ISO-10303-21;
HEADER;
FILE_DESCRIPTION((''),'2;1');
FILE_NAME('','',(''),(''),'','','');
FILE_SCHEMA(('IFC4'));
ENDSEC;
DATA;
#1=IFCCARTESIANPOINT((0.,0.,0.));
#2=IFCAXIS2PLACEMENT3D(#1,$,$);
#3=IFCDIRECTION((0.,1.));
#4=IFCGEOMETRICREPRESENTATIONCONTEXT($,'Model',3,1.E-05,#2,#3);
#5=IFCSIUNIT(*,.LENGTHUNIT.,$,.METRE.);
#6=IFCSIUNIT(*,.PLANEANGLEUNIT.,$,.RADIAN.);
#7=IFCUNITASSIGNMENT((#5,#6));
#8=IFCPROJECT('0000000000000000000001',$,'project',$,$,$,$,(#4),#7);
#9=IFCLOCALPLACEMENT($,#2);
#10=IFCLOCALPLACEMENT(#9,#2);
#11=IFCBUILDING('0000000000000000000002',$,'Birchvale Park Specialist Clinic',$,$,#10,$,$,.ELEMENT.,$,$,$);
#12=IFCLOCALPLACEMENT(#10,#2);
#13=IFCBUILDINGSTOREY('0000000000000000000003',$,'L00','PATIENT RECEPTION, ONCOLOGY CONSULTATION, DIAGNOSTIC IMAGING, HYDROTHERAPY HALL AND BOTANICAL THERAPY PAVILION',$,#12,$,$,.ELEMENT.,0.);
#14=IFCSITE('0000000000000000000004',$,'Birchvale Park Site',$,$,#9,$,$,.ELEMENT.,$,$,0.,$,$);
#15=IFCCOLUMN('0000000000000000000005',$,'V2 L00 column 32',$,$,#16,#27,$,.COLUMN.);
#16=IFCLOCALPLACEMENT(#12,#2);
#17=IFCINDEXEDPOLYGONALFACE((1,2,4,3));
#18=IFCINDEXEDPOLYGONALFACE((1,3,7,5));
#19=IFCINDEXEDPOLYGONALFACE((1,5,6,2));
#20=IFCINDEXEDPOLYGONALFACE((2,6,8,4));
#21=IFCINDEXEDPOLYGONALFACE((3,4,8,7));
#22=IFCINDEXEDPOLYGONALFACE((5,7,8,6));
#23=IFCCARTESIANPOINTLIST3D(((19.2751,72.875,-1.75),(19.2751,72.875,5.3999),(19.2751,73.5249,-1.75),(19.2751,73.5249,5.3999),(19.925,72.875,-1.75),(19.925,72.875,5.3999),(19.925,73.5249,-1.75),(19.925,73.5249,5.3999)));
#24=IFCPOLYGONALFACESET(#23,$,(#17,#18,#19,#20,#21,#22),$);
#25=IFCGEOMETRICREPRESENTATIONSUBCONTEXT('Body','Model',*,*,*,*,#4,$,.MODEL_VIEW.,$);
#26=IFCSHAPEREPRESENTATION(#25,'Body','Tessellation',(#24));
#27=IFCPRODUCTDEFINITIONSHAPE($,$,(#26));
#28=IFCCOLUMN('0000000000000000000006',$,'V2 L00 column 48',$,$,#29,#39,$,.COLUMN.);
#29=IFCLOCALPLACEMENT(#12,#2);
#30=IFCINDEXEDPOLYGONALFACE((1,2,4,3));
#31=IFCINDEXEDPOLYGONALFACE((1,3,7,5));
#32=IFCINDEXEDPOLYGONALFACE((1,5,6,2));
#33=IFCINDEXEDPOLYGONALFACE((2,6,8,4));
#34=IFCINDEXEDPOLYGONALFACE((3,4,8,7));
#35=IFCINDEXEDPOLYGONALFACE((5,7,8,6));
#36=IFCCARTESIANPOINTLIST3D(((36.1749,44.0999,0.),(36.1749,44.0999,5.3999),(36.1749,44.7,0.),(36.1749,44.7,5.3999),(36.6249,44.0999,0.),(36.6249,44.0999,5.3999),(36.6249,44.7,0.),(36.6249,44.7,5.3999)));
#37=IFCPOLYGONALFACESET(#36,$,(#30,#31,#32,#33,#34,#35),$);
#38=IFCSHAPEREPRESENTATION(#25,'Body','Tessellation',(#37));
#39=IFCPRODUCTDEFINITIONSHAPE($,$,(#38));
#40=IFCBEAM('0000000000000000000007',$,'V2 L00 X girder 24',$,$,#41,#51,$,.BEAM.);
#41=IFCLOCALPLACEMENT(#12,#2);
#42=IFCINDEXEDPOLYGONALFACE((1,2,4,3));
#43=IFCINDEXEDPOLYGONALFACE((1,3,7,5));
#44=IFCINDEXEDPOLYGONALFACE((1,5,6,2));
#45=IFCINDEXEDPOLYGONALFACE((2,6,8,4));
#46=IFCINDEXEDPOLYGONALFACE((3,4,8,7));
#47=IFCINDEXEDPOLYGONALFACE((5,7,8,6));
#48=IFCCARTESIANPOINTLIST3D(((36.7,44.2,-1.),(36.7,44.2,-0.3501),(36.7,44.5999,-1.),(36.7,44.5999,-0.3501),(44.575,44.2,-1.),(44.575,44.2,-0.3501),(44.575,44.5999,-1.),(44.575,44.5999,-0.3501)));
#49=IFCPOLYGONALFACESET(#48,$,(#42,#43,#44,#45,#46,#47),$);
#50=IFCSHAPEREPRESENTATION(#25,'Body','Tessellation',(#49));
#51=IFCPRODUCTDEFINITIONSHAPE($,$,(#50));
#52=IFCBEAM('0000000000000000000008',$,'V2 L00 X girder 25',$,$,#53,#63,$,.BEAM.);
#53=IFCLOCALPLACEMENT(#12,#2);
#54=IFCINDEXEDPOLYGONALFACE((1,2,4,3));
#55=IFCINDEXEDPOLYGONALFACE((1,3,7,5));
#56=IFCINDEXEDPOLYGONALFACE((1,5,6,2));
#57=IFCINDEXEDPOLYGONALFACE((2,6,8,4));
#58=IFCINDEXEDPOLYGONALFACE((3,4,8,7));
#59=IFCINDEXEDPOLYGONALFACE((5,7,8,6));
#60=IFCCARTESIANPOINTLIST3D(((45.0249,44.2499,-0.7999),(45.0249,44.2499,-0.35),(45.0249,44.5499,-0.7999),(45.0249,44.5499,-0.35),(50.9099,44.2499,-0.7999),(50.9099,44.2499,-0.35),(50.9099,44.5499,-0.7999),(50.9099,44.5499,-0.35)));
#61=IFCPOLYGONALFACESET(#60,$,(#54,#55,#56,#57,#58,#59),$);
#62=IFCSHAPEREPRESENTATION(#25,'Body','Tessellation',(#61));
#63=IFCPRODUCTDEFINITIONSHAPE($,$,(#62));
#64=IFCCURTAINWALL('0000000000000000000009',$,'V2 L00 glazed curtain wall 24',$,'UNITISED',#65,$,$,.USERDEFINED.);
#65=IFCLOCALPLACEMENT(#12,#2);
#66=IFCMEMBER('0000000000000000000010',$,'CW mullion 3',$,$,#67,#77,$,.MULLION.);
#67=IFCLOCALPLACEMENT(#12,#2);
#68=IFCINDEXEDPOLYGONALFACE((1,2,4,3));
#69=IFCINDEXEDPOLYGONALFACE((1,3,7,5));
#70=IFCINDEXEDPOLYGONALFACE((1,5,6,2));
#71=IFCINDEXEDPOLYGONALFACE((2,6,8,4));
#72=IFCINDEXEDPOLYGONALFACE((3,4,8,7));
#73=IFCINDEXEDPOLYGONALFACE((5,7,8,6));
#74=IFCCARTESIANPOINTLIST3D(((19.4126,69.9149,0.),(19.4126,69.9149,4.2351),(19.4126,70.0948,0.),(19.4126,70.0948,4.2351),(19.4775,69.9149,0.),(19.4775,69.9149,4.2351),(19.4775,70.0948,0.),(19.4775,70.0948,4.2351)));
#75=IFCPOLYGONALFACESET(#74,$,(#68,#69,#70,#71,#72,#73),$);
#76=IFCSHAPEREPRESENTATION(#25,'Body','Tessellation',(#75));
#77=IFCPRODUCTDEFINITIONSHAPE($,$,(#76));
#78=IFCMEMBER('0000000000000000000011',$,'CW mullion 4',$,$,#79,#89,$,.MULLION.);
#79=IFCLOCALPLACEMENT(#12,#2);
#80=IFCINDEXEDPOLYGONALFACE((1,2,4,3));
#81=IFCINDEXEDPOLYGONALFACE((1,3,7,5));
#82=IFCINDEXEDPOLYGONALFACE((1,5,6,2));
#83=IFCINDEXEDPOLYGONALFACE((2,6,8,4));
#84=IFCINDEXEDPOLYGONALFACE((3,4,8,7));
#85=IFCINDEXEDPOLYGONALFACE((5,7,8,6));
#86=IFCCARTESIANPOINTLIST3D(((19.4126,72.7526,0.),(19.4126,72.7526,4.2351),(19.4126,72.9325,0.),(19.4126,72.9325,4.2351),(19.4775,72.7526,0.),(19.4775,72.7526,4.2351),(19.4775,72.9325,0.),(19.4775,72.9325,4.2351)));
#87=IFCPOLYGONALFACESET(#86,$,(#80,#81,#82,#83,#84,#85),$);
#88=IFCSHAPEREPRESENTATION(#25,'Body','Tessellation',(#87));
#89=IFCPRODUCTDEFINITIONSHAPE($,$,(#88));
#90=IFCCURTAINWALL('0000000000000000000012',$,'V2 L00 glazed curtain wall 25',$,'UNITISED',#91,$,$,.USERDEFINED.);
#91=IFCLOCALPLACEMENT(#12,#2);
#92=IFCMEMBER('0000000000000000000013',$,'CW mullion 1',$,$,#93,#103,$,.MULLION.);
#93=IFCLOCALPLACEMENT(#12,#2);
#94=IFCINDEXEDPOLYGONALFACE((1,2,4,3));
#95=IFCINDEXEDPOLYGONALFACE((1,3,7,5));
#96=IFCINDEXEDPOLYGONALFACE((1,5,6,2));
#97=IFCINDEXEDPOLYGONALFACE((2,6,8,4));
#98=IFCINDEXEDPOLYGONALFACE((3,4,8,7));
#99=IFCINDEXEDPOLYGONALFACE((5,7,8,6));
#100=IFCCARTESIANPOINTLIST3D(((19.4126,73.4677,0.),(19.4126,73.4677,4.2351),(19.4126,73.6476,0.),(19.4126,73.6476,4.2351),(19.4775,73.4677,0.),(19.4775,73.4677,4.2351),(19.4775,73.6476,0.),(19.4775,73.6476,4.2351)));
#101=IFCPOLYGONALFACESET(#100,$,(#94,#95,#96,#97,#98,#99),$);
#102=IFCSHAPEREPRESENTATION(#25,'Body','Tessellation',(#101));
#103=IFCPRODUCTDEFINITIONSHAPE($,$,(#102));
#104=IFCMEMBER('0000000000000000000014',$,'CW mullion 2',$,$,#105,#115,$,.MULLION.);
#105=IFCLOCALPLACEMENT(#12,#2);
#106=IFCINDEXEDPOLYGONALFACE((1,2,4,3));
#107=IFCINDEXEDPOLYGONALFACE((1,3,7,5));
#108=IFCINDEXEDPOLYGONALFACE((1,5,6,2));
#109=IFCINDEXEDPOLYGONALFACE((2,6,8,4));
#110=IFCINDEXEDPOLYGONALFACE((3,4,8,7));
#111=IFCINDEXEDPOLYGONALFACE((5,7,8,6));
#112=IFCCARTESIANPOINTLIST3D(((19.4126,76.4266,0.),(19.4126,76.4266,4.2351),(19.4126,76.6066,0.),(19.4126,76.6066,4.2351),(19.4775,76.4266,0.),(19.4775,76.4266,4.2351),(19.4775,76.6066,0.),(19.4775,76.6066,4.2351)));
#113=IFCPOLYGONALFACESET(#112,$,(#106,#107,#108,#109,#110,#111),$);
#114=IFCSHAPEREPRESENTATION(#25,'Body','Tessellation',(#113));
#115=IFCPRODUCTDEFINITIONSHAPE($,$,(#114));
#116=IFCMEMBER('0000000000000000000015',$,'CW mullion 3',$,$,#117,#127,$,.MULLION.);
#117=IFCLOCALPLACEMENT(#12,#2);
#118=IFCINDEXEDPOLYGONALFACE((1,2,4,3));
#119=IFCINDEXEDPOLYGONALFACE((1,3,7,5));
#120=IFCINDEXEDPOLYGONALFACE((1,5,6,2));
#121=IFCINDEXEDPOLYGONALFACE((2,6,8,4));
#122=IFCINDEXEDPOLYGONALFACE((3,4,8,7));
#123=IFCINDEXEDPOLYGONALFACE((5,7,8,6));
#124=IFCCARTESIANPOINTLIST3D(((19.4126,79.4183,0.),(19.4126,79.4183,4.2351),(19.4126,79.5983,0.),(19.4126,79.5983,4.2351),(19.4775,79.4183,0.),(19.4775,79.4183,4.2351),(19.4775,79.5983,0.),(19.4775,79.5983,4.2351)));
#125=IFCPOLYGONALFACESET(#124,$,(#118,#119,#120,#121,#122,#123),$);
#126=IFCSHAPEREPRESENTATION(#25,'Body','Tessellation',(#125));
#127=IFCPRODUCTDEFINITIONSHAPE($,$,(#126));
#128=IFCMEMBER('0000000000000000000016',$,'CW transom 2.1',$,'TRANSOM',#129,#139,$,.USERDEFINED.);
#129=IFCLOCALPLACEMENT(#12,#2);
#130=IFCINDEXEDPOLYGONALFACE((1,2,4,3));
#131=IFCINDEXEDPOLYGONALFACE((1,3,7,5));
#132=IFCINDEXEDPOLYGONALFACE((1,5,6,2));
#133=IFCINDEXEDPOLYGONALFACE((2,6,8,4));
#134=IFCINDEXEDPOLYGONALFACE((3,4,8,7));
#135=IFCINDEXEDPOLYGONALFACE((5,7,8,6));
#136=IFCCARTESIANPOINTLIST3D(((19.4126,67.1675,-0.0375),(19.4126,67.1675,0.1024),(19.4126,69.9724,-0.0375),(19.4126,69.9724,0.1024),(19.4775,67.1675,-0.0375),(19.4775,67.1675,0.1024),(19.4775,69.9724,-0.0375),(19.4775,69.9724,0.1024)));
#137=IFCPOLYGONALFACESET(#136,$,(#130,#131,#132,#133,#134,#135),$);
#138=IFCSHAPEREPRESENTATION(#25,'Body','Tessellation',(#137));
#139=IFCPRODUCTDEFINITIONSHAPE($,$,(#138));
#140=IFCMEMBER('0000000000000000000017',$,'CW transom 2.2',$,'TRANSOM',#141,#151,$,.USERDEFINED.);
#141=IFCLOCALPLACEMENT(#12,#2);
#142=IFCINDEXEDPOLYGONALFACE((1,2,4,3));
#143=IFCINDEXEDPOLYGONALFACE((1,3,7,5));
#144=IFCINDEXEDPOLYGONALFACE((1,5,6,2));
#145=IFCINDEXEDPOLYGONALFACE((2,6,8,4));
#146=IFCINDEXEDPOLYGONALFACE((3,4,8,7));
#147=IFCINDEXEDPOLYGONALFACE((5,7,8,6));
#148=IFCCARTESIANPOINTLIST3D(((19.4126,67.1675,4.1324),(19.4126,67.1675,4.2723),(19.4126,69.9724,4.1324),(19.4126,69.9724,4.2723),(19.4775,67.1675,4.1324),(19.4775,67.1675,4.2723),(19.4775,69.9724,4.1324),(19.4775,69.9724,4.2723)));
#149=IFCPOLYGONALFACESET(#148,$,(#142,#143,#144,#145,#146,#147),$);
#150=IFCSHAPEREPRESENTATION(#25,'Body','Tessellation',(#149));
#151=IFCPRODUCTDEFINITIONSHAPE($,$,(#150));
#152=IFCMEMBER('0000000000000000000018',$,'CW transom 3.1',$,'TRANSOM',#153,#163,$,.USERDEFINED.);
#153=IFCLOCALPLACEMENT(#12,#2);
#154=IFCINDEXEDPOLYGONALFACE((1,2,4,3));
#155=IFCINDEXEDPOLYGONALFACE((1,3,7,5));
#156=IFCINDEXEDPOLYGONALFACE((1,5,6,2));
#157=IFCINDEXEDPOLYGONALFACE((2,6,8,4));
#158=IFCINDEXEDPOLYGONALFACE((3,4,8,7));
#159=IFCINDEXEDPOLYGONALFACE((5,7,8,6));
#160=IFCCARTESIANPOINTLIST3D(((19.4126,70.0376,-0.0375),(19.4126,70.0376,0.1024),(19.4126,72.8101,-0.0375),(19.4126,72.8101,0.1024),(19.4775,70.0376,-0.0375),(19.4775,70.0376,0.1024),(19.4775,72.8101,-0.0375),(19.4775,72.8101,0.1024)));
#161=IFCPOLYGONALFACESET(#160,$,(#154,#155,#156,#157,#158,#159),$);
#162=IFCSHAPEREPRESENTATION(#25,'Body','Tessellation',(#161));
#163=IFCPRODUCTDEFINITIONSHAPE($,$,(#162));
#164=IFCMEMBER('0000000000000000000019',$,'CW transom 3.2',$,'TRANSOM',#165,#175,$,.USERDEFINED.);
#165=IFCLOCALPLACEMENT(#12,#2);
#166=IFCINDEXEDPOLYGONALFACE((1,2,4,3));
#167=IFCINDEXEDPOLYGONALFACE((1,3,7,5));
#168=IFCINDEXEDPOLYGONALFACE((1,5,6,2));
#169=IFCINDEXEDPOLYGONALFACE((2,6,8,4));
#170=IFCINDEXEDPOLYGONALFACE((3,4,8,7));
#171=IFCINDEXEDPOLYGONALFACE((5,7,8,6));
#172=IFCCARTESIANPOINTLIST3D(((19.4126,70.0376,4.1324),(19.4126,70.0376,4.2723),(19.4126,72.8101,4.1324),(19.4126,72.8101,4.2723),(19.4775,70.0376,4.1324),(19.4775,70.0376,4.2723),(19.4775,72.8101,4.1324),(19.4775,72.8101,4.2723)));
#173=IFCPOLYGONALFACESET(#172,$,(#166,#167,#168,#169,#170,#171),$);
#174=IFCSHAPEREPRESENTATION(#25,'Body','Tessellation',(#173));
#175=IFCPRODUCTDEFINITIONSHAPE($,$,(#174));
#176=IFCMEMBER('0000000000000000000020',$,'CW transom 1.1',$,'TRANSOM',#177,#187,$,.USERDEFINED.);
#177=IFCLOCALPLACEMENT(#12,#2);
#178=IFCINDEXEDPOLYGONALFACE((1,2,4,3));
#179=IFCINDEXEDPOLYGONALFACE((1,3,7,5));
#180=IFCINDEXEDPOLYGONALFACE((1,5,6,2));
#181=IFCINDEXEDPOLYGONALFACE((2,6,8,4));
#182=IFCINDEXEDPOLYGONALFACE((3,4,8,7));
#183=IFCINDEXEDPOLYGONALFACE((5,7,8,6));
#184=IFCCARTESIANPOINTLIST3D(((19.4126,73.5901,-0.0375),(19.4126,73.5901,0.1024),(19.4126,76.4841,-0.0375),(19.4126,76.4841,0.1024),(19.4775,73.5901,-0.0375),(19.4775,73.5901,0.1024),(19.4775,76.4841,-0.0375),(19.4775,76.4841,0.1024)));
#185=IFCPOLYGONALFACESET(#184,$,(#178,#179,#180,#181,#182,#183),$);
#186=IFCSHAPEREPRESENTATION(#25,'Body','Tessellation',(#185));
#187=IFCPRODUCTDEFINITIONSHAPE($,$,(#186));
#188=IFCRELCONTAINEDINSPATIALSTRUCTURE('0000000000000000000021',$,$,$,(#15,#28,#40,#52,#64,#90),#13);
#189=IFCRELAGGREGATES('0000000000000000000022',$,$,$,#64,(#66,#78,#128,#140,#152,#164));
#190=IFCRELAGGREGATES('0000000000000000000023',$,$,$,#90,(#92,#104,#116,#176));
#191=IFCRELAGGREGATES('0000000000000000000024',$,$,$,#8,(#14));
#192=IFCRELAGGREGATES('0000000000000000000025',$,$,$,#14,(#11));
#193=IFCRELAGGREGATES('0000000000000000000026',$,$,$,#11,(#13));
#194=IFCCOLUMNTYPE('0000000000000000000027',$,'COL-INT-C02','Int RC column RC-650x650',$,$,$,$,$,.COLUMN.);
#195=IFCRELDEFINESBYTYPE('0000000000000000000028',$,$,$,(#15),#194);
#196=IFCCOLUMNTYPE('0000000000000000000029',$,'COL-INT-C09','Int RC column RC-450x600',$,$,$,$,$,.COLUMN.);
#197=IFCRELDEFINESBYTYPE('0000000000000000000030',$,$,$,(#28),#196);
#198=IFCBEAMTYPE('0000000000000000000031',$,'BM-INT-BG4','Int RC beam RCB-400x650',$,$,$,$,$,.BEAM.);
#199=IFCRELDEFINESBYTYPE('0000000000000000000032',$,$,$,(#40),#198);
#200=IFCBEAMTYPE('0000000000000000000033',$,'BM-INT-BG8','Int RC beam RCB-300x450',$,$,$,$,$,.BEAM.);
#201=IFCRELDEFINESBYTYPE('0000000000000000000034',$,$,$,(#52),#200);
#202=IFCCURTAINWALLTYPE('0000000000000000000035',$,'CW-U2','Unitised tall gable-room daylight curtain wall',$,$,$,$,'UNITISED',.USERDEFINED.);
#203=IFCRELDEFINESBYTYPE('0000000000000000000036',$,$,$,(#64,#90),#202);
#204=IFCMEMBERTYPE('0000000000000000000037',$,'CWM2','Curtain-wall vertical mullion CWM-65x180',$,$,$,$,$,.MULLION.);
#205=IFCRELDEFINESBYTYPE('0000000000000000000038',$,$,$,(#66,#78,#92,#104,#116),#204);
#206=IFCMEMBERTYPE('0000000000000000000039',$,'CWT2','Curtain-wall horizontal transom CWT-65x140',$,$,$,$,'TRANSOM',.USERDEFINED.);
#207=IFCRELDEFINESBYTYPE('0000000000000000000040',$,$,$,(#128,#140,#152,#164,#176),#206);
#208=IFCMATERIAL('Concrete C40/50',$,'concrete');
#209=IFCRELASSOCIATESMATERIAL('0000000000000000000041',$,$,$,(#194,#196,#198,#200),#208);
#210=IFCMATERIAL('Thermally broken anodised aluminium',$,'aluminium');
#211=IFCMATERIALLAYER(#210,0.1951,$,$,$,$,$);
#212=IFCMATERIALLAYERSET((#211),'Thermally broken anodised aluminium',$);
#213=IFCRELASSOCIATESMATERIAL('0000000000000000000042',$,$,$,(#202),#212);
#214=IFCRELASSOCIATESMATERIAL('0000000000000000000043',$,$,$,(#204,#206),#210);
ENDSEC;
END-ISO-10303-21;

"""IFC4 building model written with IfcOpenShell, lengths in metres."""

from ifc_helpers import new_model, si_unit, direction, frame, origin, origin_2d, place, context, subcontext, project, spatial, rectangle, extrude, material, layer, layer_set, material_profile, profile_set, type_object, element, aggregate, save


model = new_model("IFC4")

# Units and contexts
model_context = context("Model", 3, precision=1e-05, world=origin(), true_north=direction((0.0, 1.0)))
body_context = subcontext(model_context, "Body", "Model", "MODEL_VIEW")
ifc_project = project(units=[si_unit("LENGTHUNIT", "METRE"), si_unit("PLANEANGLEUNIT", "RADIAN")], contexts=[model_context])

# Site, building, storey
site_placement = place(None, origin())
site = spatial("IfcSite", under=ifc_project, at=site_placement, Name="Birchvale Park Site", CompositionType="ELEMENT", RefElevation=0.0)
building_placement = place(site_placement, origin())
building = spatial("IfcBuilding", under=site, at=building_placement, Name="Birchvale Park Specialist Clinic", CompositionType="ELEMENT")
storey_placement = place(building_placement, origin())
storey = spatial("IfcBuildingStorey", under=building, at=storey_placement, Name="L00", Description="PATIENT RECEPTION, ONCOLOGY CONSULTATION, DIAGNOSTIC IMAGING, HYDROTHERAPY HALL AND BOTANICAL THERAPY PAVILION", CompositionType="ELEMENT", Elevation=0.0)

# Shared definitions
ifc_material_1 = material(Name="Concrete C40/50", Category="concrete")

# Columns
ifc_material_profile_1 = material_profile(ifc_material_1, rectangle(XDim=0.6499, YDim=0.6499, at=origin_2d()), Name="RC-650x650")
ifc_profile_set_1 = profile_set([ifc_material_profile_1], Name="Concrete C40/50")
column_type_1 = type_object("IfcColumnType", Name="COL-INT-C02", Description="Int RC column RC-650x650", PredefinedType="COLUMN", material=ifc_profile_set_1)
column_1_placement = place(storey_placement, frame((19.6001, 73.2, -1.75), z_axis=(0.0, 0.0, 1.0), x_axis=(1.0, 0.0, 0.0)))
element("IfcColumn", 1, at=column_1_placement, inside=storey, type_object=column_type_1, Name="V2 L00 column 32", PredefinedType="COLUMN", context=body_context, shape_type="SweptSolid", body=[
    extrude(rectangle(XDim=0.6499, YDim=0.6499, at=origin_2d()), origin(), (0.0, 0.0, 1.0), 7.1499),
])
ifc_material_profile_2 = material_profile(ifc_material_1, rectangle(XDim=0.45, YDim=0.6001, at=origin_2d()), Name="RC-450x600")
ifc_profile_set_2 = profile_set([ifc_material_profile_2], Name="Concrete C40/50")
column_type_2 = type_object("IfcColumnType", Name="COL-INT-C09", Description="Int RC column RC-450x600", PredefinedType="COLUMN", material=ifc_profile_set_2)
column_2_placement = place(storey_placement, frame((36.3999, 44.3999, 0.0), z_axis=(0.0, 0.0, 1.0), x_axis=(1.0, 0.0, 0.0)))
element("IfcColumn", 2, at=column_2_placement, inside=storey, type_object=column_type_2, Name="V2 L00 column 48", PredefinedType="COLUMN", context=body_context, shape_type="SweptSolid", body=[
    extrude(rectangle(XDim=0.45, YDim=0.6001, at=origin_2d()), origin(), (0.0, 0.0, 1.0), 5.3999),
])

# Beams
ifc_material_profile_3 = material_profile(ifc_material_1, rectangle(XDim=0.3999, YDim=0.6499, at=origin_2d()), Name="RCB-400x650")
ifc_profile_set_3 = profile_set([ifc_material_profile_3], Name="Concrete C40/50")
beam_type_1 = type_object("IfcBeamType", Name="BM-INT-BG4", Description="Int RC beam RCB-400x650", PredefinedType="BEAM", material=ifc_profile_set_3)
beam_1_placement = place(storey_placement, frame((36.7, 44.3999, -0.675), z_axis=(1.0, 0.0, 0.0), x_axis=(0.0, 1.0, 0.0)))
element("IfcBeam", 3, at=beam_1_placement, inside=storey, type_object=beam_type_1, Name="V2 L00 X girder 24", PredefinedType="BEAM", context=body_context, shape_type="SweptSolid", body=[
    extrude(rectangle(XDim=0.3999, YDim=0.6499, at=origin_2d()), origin(), (0.0, 0.0, 1.0), 7.875),
])
ifc_material_profile_4 = material_profile(ifc_material_1, rectangle(XDim=0.3, YDim=0.45, at=origin_2d()), Name="RCB-300x450")
ifc_profile_set_4 = profile_set([ifc_material_profile_4], Name="Concrete C40/50")
beam_type_2 = type_object("IfcBeamType", Name="BM-INT-BG8", Description="Int RC beam RCB-300x450", PredefinedType="BEAM", material=ifc_profile_set_4)
beam_2_placement = place(storey_placement, frame((45.0249, 44.3999, -0.575), z_axis=(1.0, 0.0, 0.0), x_axis=(0.0, 1.0, 0.0)))
element("IfcBeam", 4, at=beam_2_placement, inside=storey, type_object=beam_type_2, Name="V2 L00 X girder 25", PredefinedType="BEAM", context=body_context, shape_type="SweptSolid", body=[
    extrude(rectangle(XDim=0.3, YDim=0.45, at=origin_2d()), origin(), (0.0, 0.0, 1.0), 5.885),
])

# Curtain walls, members
ifc_material_2 = material(Name="Thermally broken anodised aluminium", Category="aluminium")
ifc_layer_1 = layer(ifc_material_2, 0.1951)
ifc_layer_set_1 = layer_set([ifc_layer_1], Name="Thermally broken anodised aluminium")
curtain_wall_type = type_object("IfcCurtainWallType", Name="CW-U2", Description="Unitised tall gable-room daylight curtain wall", ElementType="UNITISED", PredefinedType="USERDEFINED", material=ifc_layer_set_1)
curtain_wall_1_placement = place(storey_placement, origin())
curtain_wall_1 = element("IfcCurtainWall", 5, at=curtain_wall_1_placement, inside=storey, type_object=curtain_wall_type, Name="V2 L00 glazed curtain wall 24", ObjectType="UNITISED", PredefinedType="USERDEFINED")
ifc_material_profile_5 = material_profile(ifc_material_2, rectangle(XDim=0.0649, YDim=0.1799, at=origin_2d()), Name="CWM-65x180")
ifc_profile_set_5 = profile_set([ifc_material_profile_5], Name="Thermally broken anodised aluminium")
member_type_1 = type_object("IfcMemberType", Name="CWM2", Description="Curtain-wall vertical mullion CWM-65x180", PredefinedType="MULLION", material=ifc_profile_set_5)
member_1_placement = place(storey_placement, frame((19.4451, 70.0049, 0.0), z_axis=(0.0, 0.0, 1.0), x_axis=(-1.0, 0.0, 0.0)))
member_1 = element("IfcMember", 6, at=member_1_placement, type_object=member_type_1, Name="CW mullion 3", PredefinedType="MULLION", context=body_context, shape_type="SweptSolid", body=[
    extrude(rectangle(XDim=0.0649, YDim=0.1799, at=origin_2d()), origin(), (0.0, 0.0, 1.0), 4.2351),
])
member_2_placement = place(storey_placement, frame((19.4451, 72.8425, 0.0), z_axis=(0.0, 0.0, 1.0), x_axis=(-1.0, 0.0, 0.0)))
member_2 = element("IfcMember", 7, at=member_2_placement, type_object=member_type_1, Name="CW mullion 4", PredefinedType="MULLION", context=body_context, shape_type="SweptSolid", body=[
    extrude(rectangle(XDim=0.0649, YDim=0.1799, at=origin_2d()), origin(), (0.0, 0.0, 1.0), 4.2351),
])
curtain_wall_2_placement = place(storey_placement, origin())
curtain_wall_2 = element("IfcCurtainWall", 8, at=curtain_wall_2_placement, inside=storey, type_object=curtain_wall_type, Name="V2 L00 glazed curtain wall 25", ObjectType="UNITISED", PredefinedType="USERDEFINED")
member_3_placement = place(storey_placement, frame((19.4451, 73.5576, 0.0), z_axis=(0.0, 0.0, 1.0), x_axis=(-1.0, 0.0, 0.0)))
member_3 = element("IfcMember", 9, at=member_3_placement, type_object=member_type_1, Name="CW mullion 1", PredefinedType="MULLION", context=body_context, shape_type="SweptSolid", body=[
    extrude(rectangle(XDim=0.0649, YDim=0.1799, at=origin_2d()), origin(), (0.0, 0.0, 1.0), 4.2351),
])
member_4_placement = place(storey_placement, frame((19.4451, 76.5166, 0.0), z_axis=(0.0, 0.0, 1.0), x_axis=(-1.0, 0.0, 0.0)))
member_4 = element("IfcMember", 10, at=member_4_placement, type_object=member_type_1, Name="CW mullion 2", PredefinedType="MULLION", context=body_context, shape_type="SweptSolid", body=[
    extrude(rectangle(XDim=0.0649, YDim=0.1799, at=origin_2d()), origin(), (0.0, 0.0, 1.0), 4.2351),
])
member_5_placement = place(storey_placement, frame((19.4451, 79.5083, 0.0), z_axis=(0.0, 0.0, 1.0), x_axis=(-1.0, 0.0, 0.0)))
member_5 = element("IfcMember", 11, at=member_5_placement, type_object=member_type_1, Name="CW mullion 3", PredefinedType="MULLION", context=body_context, shape_type="SweptSolid", body=[
    extrude(rectangle(XDim=0.0649, YDim=0.1799, at=origin_2d()), origin(), (0.0, 0.0, 1.0), 4.2351),
])

# Members
ifc_material_profile_6 = material_profile(ifc_material_2, rectangle(XDim=0.0649, YDim=0.1399, at=origin_2d()), Name="CWT-65x140")
ifc_profile_set_6 = profile_set([ifc_material_profile_6], Name="Thermally broken anodised aluminium")
member_type_2 = type_object("IfcMemberType", Name="CWT2", Description="Curtain-wall horizontal transom CWT-65x140", ElementType="TRANSOM", PredefinedType="USERDEFINED", material=ifc_profile_set_6)
member_6_placement = place(storey_placement, frame((19.4451, 67.1675, 0.0325), z_axis=(0.0, 1.0, 0.0), x_axis=(-1.0, 0.0, 0.0)))
member_6 = element("IfcMember", 12, at=member_6_placement, type_object=member_type_2, Name="CW transom 2.1", ObjectType="TRANSOM", PredefinedType="USERDEFINED", context=body_context, shape_type="SweptSolid", body=[
    extrude(rectangle(XDim=0.0649, YDim=0.1399, at=origin_2d()), origin(), (0.0, 0.0, 1.0), 2.8049),
])
member_7_placement = place(storey_placement, frame((19.4451, 67.1675, 4.2024), z_axis=(0.0, 1.0, 0.0), x_axis=(-1.0, 0.0, 0.0)))
member_7 = element("IfcMember", 13, at=member_7_placement, type_object=member_type_2, Name="CW transom 2.2", ObjectType="TRANSOM", PredefinedType="USERDEFINED", context=body_context, shape_type="SweptSolid", body=[
    extrude(rectangle(XDim=0.0649, YDim=0.1399, at=origin_2d()), origin(), (0.0, 0.0, 1.0), 2.8049),
])
member_8_placement = place(storey_placement, frame((19.4451, 70.0376, 0.0325), z_axis=(0.0, 1.0, 0.0), x_axis=(-1.0, 0.0, 0.0)))
member_8 = element("IfcMember", 14, at=member_8_placement, type_object=member_type_2, Name="CW transom 3.1", ObjectType="TRANSOM", PredefinedType="USERDEFINED", context=body_context, shape_type="SweptSolid", body=[
    extrude(rectangle(XDim=0.0649, YDim=0.1399, at=origin_2d()), origin(), (0.0, 0.0, 1.0), 2.7725),
])
member_9_placement = place(storey_placement, frame((19.4451, 70.0376, 4.2024), z_axis=(0.0, 1.0, 0.0), x_axis=(-1.0, 0.0, 0.0)))
member_9 = element("IfcMember", 15, at=member_9_placement, type_object=member_type_2, Name="CW transom 3.2", ObjectType="TRANSOM", PredefinedType="USERDEFINED", context=body_context, shape_type="SweptSolid", body=[
    extrude(rectangle(XDim=0.0649, YDim=0.1399, at=origin_2d()), origin(), (0.0, 0.0, 1.0), 2.7725),
])
member_10_placement = place(storey_placement, frame((19.4451, 73.5901, 0.0325), z_axis=(0.0, 1.0, 0.0), x_axis=(-1.0, 0.0, 0.0)))
member_10 = element("IfcMember", 16, at=member_10_placement, type_object=member_type_2, Name="CW transom 1.1", ObjectType="TRANSOM", PredefinedType="USERDEFINED", context=body_context, shape_type="SweptSolid", body=[
    extrude(rectangle(XDim=0.0649, YDim=0.1399, at=origin_2d()), origin(), (0.0, 0.0, 1.0), 2.894),
])

aggregate(curtain_wall_1, [member_1, member_2, member_6, member_7, member_8, member_9])
aggregate(curtain_wall_2, [member_3, member_4, member_5, member_10])

save(model, "model.ifc")
